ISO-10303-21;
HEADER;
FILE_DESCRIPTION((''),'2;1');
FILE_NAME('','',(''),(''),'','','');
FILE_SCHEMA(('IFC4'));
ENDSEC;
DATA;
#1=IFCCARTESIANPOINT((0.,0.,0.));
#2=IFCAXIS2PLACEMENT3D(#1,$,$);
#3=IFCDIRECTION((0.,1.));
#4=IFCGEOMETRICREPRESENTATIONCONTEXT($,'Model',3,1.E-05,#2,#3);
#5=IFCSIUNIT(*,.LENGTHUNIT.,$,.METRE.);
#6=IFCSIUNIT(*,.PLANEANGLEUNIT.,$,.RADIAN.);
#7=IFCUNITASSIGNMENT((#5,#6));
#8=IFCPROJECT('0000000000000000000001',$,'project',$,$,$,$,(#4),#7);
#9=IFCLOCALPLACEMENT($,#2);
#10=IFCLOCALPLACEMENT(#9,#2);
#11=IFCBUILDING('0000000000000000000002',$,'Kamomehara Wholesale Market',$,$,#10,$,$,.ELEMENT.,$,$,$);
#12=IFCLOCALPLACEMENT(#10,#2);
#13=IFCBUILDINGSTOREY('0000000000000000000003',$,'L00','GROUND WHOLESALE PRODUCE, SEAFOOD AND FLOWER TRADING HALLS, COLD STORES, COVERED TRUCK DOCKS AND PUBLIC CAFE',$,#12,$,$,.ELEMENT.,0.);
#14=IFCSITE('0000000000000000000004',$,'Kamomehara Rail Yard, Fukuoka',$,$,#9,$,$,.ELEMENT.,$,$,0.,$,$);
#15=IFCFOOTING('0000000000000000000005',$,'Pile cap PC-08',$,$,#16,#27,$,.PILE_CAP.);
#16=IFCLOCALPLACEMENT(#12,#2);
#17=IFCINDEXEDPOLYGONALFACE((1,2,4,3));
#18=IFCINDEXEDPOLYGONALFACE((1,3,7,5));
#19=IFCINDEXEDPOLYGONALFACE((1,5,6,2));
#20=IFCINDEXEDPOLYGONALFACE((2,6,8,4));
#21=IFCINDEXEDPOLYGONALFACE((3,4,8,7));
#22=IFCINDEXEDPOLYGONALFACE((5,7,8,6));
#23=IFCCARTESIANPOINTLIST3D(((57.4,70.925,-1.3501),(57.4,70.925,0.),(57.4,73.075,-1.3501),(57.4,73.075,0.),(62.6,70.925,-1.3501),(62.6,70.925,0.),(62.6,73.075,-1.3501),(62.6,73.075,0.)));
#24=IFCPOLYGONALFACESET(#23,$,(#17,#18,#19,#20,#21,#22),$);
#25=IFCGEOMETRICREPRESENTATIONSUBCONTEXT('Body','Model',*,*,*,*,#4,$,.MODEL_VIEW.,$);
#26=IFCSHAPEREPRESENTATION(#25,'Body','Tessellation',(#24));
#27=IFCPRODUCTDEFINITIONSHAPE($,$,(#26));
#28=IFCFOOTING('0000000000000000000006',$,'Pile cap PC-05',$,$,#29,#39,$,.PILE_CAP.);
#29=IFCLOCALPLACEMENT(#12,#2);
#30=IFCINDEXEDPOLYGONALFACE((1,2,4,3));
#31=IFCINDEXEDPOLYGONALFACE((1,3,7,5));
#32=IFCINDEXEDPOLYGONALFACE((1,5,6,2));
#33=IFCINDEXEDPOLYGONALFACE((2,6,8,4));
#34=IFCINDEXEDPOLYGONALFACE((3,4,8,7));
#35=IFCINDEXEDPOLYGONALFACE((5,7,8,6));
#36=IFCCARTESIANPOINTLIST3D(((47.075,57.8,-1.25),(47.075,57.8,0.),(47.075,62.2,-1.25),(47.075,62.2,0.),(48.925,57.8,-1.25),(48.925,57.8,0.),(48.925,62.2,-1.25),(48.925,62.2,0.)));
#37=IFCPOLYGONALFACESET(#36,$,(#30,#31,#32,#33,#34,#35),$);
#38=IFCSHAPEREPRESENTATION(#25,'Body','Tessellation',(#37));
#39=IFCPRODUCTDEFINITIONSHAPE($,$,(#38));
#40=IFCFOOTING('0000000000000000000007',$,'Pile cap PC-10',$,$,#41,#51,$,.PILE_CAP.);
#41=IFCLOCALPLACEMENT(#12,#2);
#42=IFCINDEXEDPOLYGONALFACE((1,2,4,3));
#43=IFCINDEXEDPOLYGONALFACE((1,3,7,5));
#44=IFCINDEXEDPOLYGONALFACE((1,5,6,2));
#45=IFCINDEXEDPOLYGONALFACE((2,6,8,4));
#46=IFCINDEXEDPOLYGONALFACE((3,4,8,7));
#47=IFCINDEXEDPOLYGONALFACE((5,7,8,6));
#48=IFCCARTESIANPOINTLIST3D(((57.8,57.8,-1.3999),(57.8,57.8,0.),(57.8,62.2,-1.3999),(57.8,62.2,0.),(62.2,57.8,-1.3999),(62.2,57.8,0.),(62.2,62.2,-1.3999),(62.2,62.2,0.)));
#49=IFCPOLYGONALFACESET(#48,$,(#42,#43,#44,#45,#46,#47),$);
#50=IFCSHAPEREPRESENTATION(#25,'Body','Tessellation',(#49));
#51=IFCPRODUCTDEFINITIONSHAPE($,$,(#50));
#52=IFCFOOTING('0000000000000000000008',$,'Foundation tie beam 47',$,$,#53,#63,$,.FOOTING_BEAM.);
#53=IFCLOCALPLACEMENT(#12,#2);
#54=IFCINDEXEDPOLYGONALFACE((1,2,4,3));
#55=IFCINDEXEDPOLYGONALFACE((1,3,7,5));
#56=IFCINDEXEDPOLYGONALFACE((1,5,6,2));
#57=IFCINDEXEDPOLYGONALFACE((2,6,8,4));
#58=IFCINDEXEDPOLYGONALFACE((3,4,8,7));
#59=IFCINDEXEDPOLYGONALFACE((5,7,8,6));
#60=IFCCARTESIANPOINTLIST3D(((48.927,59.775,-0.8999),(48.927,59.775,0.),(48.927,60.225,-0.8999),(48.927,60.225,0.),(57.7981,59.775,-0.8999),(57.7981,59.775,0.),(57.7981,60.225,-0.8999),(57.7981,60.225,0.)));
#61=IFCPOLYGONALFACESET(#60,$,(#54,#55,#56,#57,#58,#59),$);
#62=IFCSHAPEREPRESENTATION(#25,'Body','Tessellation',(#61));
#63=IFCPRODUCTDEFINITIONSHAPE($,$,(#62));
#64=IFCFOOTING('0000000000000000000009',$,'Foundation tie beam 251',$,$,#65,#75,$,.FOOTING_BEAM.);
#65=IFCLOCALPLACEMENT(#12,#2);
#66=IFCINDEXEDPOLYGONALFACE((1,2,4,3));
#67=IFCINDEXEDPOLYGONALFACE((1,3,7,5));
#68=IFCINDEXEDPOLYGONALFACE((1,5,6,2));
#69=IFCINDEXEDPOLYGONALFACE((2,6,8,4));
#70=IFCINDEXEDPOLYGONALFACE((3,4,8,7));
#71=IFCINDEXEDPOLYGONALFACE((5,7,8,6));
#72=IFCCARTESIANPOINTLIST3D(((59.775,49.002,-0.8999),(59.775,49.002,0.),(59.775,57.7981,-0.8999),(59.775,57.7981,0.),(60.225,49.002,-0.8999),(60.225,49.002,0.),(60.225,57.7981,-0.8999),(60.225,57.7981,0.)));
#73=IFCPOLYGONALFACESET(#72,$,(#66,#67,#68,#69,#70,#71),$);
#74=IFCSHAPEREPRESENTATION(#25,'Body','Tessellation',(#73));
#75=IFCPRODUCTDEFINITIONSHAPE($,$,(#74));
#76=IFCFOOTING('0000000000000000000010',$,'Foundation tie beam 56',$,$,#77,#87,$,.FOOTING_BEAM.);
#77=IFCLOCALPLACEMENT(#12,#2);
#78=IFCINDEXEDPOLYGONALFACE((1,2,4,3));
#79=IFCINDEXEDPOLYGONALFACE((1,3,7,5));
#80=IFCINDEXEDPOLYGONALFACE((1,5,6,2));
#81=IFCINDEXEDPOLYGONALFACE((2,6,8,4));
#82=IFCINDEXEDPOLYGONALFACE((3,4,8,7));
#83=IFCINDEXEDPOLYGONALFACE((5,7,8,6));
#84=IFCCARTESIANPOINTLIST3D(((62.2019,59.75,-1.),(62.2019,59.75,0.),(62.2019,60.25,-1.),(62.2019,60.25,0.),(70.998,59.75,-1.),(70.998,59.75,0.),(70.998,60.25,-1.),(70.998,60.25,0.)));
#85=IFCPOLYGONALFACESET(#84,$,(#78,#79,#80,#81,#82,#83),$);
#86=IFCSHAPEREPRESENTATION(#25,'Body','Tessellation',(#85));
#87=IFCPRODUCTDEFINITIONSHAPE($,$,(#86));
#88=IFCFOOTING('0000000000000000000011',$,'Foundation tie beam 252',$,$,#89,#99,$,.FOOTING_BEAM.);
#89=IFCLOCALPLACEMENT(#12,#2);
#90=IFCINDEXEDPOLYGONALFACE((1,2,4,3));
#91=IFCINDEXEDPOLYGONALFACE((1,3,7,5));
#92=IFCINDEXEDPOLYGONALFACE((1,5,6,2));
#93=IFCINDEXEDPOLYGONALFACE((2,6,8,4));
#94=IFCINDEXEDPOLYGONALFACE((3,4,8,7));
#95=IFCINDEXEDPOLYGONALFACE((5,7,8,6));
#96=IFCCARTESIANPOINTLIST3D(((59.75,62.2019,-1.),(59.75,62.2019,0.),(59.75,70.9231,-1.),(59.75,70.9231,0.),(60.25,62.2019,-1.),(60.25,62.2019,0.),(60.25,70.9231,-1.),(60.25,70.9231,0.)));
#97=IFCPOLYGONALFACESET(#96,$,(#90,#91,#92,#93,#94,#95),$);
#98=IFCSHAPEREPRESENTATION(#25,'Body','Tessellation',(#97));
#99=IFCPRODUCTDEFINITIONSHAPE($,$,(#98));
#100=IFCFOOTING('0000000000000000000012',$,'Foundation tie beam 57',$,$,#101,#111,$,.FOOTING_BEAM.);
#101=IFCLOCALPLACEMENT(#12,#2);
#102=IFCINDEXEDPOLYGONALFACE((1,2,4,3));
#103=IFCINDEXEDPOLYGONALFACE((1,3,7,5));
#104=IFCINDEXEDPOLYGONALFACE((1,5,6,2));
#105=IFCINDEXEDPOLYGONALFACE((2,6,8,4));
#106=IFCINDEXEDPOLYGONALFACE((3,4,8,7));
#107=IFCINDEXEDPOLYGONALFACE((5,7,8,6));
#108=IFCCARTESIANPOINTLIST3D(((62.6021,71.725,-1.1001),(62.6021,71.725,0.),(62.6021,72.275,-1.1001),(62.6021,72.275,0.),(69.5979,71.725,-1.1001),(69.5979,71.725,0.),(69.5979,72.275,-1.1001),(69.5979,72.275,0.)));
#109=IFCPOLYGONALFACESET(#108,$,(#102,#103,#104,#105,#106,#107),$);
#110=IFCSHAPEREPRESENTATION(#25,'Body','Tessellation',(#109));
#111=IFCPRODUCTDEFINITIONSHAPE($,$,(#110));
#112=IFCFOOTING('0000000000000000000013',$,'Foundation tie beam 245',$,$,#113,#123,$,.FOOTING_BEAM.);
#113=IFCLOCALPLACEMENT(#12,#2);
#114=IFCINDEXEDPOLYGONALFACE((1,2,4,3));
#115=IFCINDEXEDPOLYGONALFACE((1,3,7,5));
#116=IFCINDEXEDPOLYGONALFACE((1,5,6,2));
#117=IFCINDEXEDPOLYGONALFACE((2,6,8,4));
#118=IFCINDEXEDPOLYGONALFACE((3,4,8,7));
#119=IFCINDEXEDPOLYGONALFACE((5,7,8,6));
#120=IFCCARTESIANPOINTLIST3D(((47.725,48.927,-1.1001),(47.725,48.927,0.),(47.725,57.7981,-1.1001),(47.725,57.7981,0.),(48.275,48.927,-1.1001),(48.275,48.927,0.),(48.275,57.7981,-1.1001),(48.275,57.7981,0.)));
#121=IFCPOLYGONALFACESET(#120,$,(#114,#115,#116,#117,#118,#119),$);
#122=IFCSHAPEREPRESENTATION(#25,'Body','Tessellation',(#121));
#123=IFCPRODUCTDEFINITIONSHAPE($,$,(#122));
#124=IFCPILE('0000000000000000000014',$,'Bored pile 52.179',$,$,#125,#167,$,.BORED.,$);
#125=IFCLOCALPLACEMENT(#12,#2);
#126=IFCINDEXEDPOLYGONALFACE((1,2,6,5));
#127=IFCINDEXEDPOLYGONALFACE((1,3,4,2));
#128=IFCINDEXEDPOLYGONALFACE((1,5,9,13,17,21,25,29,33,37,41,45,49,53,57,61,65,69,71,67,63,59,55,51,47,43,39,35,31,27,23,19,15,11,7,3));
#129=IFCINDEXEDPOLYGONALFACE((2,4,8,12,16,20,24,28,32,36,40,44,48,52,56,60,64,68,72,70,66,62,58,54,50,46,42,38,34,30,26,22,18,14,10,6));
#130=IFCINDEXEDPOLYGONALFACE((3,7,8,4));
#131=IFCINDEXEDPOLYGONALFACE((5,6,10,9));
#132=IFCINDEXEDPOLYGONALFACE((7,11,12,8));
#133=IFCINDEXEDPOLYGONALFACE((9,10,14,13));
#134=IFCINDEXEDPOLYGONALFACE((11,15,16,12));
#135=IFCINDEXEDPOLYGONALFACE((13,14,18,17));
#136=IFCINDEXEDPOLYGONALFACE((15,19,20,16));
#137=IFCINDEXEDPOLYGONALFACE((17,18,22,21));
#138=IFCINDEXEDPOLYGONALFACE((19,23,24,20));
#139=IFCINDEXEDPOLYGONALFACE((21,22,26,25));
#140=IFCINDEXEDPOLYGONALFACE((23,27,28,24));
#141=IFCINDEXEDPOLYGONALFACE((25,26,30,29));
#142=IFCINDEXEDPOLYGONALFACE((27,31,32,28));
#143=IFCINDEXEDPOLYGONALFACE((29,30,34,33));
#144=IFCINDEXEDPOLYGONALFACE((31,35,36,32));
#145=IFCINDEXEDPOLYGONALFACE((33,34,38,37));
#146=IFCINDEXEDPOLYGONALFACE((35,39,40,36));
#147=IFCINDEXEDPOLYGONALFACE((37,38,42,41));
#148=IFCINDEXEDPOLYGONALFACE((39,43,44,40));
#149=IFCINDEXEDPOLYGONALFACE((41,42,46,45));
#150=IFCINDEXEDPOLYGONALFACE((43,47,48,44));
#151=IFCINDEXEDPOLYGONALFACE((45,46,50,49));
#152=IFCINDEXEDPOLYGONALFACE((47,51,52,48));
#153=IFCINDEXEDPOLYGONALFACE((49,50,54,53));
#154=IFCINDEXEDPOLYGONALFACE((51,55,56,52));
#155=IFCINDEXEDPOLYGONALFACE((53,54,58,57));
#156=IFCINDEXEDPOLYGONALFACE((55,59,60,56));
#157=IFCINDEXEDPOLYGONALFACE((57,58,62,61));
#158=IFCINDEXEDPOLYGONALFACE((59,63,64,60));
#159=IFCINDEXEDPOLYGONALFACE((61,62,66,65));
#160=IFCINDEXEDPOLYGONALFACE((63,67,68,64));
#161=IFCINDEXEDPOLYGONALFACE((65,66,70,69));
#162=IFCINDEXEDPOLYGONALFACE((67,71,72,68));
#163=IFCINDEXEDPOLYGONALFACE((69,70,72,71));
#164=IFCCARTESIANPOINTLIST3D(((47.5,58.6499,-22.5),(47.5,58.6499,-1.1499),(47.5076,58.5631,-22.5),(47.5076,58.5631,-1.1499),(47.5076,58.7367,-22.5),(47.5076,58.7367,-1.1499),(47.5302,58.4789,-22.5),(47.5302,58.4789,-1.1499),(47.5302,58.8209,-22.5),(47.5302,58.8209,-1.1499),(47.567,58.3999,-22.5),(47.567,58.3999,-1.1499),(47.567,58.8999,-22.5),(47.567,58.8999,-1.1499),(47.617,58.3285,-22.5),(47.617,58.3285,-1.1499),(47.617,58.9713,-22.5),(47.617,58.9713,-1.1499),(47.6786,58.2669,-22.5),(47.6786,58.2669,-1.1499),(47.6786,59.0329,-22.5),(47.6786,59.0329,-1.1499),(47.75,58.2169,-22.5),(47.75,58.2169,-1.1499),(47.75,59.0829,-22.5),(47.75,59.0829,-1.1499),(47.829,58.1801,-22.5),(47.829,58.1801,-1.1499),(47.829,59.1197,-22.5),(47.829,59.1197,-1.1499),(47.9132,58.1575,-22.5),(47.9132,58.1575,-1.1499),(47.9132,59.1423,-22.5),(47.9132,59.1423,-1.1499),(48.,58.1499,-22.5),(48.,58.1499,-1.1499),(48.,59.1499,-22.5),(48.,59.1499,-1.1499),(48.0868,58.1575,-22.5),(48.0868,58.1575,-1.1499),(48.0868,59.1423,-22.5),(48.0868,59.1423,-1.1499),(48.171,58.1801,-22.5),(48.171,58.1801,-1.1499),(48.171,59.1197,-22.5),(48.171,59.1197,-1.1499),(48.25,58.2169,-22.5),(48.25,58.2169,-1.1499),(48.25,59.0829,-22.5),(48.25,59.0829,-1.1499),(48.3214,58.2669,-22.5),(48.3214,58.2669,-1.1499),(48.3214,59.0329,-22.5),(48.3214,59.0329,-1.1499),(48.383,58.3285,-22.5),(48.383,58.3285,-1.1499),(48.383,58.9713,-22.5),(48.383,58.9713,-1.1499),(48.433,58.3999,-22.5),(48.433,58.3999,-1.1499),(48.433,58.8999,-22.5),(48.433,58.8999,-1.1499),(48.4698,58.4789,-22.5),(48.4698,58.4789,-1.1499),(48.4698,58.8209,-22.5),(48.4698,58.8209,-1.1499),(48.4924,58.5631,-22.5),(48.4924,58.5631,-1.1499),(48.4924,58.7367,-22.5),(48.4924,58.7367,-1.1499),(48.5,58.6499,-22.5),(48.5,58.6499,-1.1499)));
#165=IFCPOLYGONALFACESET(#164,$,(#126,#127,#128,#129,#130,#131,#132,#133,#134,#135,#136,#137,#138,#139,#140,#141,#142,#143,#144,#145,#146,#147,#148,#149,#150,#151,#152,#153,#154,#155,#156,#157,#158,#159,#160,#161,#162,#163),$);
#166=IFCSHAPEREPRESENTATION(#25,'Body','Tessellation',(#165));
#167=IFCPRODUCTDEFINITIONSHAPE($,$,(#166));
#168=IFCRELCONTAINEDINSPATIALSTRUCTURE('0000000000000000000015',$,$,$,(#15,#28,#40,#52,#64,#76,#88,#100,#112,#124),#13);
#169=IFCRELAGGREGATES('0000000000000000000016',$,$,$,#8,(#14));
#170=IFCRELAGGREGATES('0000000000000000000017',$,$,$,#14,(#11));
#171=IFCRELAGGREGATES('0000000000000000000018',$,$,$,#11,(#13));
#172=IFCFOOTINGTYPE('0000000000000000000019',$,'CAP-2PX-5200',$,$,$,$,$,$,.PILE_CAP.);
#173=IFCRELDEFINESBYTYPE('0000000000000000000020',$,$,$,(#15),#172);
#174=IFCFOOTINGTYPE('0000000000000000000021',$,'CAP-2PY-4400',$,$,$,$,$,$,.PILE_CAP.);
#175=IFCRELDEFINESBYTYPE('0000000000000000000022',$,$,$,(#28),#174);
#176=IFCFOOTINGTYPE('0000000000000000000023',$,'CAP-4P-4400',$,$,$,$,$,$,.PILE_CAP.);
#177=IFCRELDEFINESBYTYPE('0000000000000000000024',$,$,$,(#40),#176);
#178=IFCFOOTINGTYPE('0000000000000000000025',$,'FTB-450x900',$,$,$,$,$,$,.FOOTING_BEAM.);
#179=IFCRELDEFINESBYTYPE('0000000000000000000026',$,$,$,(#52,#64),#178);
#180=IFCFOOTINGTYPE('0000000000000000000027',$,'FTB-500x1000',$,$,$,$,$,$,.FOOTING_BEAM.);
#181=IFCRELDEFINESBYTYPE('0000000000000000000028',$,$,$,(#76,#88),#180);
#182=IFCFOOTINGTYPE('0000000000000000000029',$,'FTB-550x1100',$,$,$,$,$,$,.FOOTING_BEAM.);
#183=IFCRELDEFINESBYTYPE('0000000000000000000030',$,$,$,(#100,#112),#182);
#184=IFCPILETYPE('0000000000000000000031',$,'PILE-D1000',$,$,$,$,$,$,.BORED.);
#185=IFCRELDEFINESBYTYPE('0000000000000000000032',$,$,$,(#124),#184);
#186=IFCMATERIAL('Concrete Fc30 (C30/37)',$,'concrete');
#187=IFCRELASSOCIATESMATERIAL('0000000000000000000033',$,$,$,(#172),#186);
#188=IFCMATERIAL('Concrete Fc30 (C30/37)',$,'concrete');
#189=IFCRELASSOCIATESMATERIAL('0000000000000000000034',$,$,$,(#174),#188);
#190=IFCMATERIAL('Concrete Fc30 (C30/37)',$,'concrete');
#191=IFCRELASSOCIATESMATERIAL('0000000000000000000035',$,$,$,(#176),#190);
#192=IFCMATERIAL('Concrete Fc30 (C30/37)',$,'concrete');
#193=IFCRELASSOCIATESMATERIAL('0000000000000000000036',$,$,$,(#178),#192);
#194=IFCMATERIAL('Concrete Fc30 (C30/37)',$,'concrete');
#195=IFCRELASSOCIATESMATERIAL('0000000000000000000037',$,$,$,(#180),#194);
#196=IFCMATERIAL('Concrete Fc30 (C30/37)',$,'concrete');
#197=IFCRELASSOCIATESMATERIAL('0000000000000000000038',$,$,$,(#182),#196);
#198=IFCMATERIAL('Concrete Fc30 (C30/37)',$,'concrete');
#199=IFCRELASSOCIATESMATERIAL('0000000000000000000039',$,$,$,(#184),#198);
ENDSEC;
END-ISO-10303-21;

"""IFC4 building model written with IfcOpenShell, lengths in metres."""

from ifc_helpers import new_model, si_unit, direction, frame, origin, origin_2d, place, context, subcontext, project, spatial, rectangle, circle, extrude, material, material_profile, profile_set, type_object, element, save


model = new_model("IFC4")

# Units and contexts
model_context = context("Model", 3, precision=1e-05, world=origin(), true_north=direction((0.0, 1.0)))
body_context = subcontext(model_context, "Body", "Model", "MODEL_VIEW")
ifc_project = project(units=[si_unit("LENGTHUNIT", "METRE"), si_unit("PLANEANGLEUNIT", "RADIAN")], contexts=[model_context])

# Site, building, storey
site_placement = place(None, origin())
site = spatial("IfcSite", under=ifc_project, at=site_placement, Name="Kamomehara Rail Yard, Fukuoka", CompositionType="ELEMENT", RefElevation=0.0)
building_placement = place(site_placement, origin())
building = spatial("IfcBuilding", under=site, at=building_placement, Name="Kamomehara Wholesale Market", CompositionType="ELEMENT")
storey_placement = place(building_placement, origin())
storey = spatial("IfcBuildingStorey", under=building, at=storey_placement, Name="L00", Description="GROUND WHOLESALE PRODUCE, SEAFOOD AND FLOWER TRADING HALLS, COLD STORES, COVERED TRUCK DOCKS AND PUBLIC CAFE", CompositionType="ELEMENT", Elevation=0.0)

# Footings
ifc_material_1 = material(Name="Concrete Fc30 (C30/37)", Category="concrete")
footing_type_1 = type_object("IfcFootingType", Name="CAP-2PX-5200", PredefinedType="PILE_CAP", material=ifc_material_1)
footing_1_placement = place(storey_placement, frame((60.0, 72.0, -1.3501), z_axis=(0.0, 0.0, 1.0), x_axis=(1.0, 0.0, 0.0)))
element("IfcFooting", 1, at=footing_1_placement, inside=storey, type_object=footing_type_1, Name="Pile cap PC-08", PredefinedType="PILE_CAP", context=body_context, shape_type="SweptSolid", body=[
    extrude(rectangle(XDim=5.2, YDim=2.1499, at=origin_2d()), origin(), (0.0, 0.0, 1.0), 1.3501),
])
ifc_material_2 = material(Name="Concrete Fc30 (C30/37)", Category="concrete")
footing_type_2 = type_object("IfcFootingType", Name="CAP-2PY-4400", PredefinedType="PILE_CAP", material=ifc_material_2)
footing_2_placement = place(storey_placement, frame((48.0, 60.0, -1.25), z_axis=(0.0, 0.0, 1.0), x_axis=(1.0, 0.0, 0.0)))
element("IfcFooting", 2, at=footing_2_placement, inside=storey, type_object=footing_type_2, Name="Pile cap PC-05", PredefinedType="PILE_CAP", context=body_context, shape_type="SweptSolid", body=[
    extrude(rectangle(XDim=1.8501, YDim=4.3999, at=origin_2d()), origin(), (0.0, 0.0, 1.0), 1.25),
])
ifc_material_3 = material(Name="Concrete Fc30 (C30/37)", Category="concrete")
footing_type_3 = type_object("IfcFootingType", Name="CAP-4P-4400", PredefinedType="PILE_CAP", material=ifc_material_3)
footing_3_placement = place(storey_placement, frame((60.0, 60.0, -1.3999), z_axis=(0.0, 0.0, 1.0), x_axis=(1.0, 0.0, 0.0)))
element("IfcFooting", 3, at=footing_3_placement, inside=storey, type_object=footing_type_3, Name="Pile cap PC-10", PredefinedType="PILE_CAP", context=body_context, shape_type="SweptSolid", body=[
    extrude(rectangle(XDim=4.3999, YDim=4.3999, at=origin_2d()), origin(), (0.0, 0.0, 1.0), 1.3999),
])
ifc_material_4 = material(Name="Concrete Fc30 (C30/37)", Category="concrete")
ifc_material_profile_1 = material_profile(ifc_material_4, rectangle(XDim=0.45, YDim=0.8999, at=origin_2d()), Name="RC-FTB-450x900")
ifc_profile_set_1 = profile_set([ifc_material_profile_1], Name="Concrete Fc30 (C30/37)")
footing_type_4 = type_object("IfcFootingType", Name="FTB-450x900", PredefinedType="FOOTING_BEAM", material=ifc_profile_set_1)
footing_4_placement = place(storey_placement, frame((48.927, 60.0, -0.45), z_axis=(1.0, 0.0, 0.0), x_axis=(0.0, 1.0, 0.0)))
element("IfcFooting", 4, at=footing_4_placement, inside=storey, type_object=footing_type_4, Name="Foundation tie beam 47", PredefinedType="FOOTING_BEAM", context=body_context, shape_type="SweptSolid", body=[
    extrude(rectangle(XDim=0.45, YDim=0.8999, at=origin_2d()), origin(), (0.0, 0.0, 1.0), 8.8711),
])
footing_5_placement = place(storey_placement, frame((60.0, 49.002, -0.45), z_axis=(0.0, 1.0, 0.0), x_axis=(-1.0, 0.0, 0.0)))
element("IfcFooting", 5, at=footing_5_placement, inside=storey, type_object=footing_type_4, Name="Foundation tie beam 251", PredefinedType="FOOTING_BEAM", context=body_context, shape_type="SweptSolid", body=[
    extrude(rectangle(XDim=0.45, YDim=0.8999, at=origin_2d()), origin(), (0.0, 0.0, 1.0), 8.7961),
])
ifc_material_5 = material(Name="Concrete Fc30 (C30/37)", Category="concrete")
ifc_material_profile_2 = material_profile(ifc_material_5, rectangle(XDim=0.5, YDim=1.0, at=origin_2d()), Name="RC-FTB-500x1000")
ifc_profile_set_2 = profile_set([ifc_material_profile_2], Name="Concrete Fc30 (C30/37)")
footing_type_5 = type_object("IfcFootingType", Name="FTB-500x1000", PredefinedType="FOOTING_BEAM", material=ifc_profile_set_2)
footing_6_placement = place(storey_placement, frame((62.2019, 60.0, -0.5), z_axis=(1.0, 0.0, 0.0), x_axis=(0.0, 1.0, 0.0)))
element("IfcFooting", 6, at=footing_6_placement, inside=storey, type_object=footing_type_5, Name="Foundation tie beam 56", PredefinedType="FOOTING_BEAM", context=body_context, shape_type="SweptSolid", body=[
    extrude(rectangle(XDim=0.5, YDim=1.0, at=origin_2d()), origin(), (0.0, 0.0, 1.0), 8.7961),
])
footing_7_placement = place(storey_placement, frame((60.0, 62.2019, -0.5), z_axis=(0.0, 1.0, 0.0), x_axis=(-1.0, 0.0, 0.0)))
element("IfcFooting", 7, at=footing_7_placement, inside=storey, type_object=footing_type_5, Name="Foundation tie beam 252", PredefinedType="FOOTING_BEAM", context=body_context, shape_type="SweptSolid", body=[
    extrude(rectangle(XDim=0.5, YDim=1.0, at=origin_2d()), origin(), (0.0, 0.0, 1.0), 8.7212),
])
ifc_material_6 = material(Name="Concrete Fc30 (C30/37)", Category="concrete")
ifc_material_profile_3 = material_profile(ifc_material_6, rectangle(XDim=0.55, YDim=1.1001, at=origin_2d()), Name="RC-FTB-550x1100")
ifc_profile_set_3 = profile_set([ifc_material_profile_3], Name="Concrete Fc30 (C30/37)")
footing_type_6 = type_object("IfcFootingType", Name="FTB-550x1100", PredefinedType="FOOTING_BEAM", material=ifc_profile_set_3)
footing_8_placement = place(storey_placement, frame((62.6021, 72.0, -0.55), z_axis=(1.0, 0.0, 0.0), x_axis=(0.0, 1.0, 0.0)))
element("IfcFooting", 8, at=footing_8_placement, inside=storey, type_object=footing_type_6, Name="Foundation tie beam 57", PredefinedType="FOOTING_BEAM", context=body_context, shape_type="SweptSolid", body=[
    extrude(rectangle(XDim=0.55, YDim=1.1001, at=origin_2d()), origin(), (0.0, 0.0, 1.0), 6.9958),
])
footing_9_placement = place(storey_placement, frame((48.0, 48.927, -0.55), z_axis=(0.0, 1.0, 0.0), x_axis=(-1.0, 0.0, 0.0)))
element("IfcFooting", 9, at=footing_9_placement, inside=storey, type_object=footing_type_6, Name="Foundation tie beam 245", PredefinedType="FOOTING_BEAM", context=body_context, shape_type="SweptSolid", body=[
    extrude(rectangle(XDim=0.55, YDim=1.1001, at=origin_2d()), origin(), (0.0, 0.0, 1.0), 8.8711),
])

# Pile
ifc_material_7 = material(Name="Concrete Fc30 (C30/37)", Category="concrete")
ifc_material_profile_4 = material_profile(ifc_material_7, circle(Radius=0.5, at=origin_2d()), Name="RC-PILE-D1000")
ifc_profile_set_4 = profile_set([ifc_material_profile_4], Name="Concrete Fc30 (C30/37)")
pile_type_1 = type_object("IfcPileType", Name="PILE-D1000", PredefinedType="BORED", material=ifc_profile_set_4)
for number, where, z_axis, x_axis, name in (
    (10, (48.0, 58.6499, -1.1499), (0.0, 0.0, -1.0), (1.0, 0.0, 0.0), "Bored pile 52.179"),
):
    element("IfcPile", number, at=place(storey_placement, frame(where, z_axis=z_axis, x_axis=x_axis)), inside=storey, type_object=pile_type_1, Name=name, PredefinedType="BORED", context=body_context, shape_type="SweptSolid", body=[
        extrude(circle(Radius=0.5, at=origin_2d()), origin(), (0.0, 0.0, 1.0), 21.3501),
    ])

save(model, "model.ifc")
